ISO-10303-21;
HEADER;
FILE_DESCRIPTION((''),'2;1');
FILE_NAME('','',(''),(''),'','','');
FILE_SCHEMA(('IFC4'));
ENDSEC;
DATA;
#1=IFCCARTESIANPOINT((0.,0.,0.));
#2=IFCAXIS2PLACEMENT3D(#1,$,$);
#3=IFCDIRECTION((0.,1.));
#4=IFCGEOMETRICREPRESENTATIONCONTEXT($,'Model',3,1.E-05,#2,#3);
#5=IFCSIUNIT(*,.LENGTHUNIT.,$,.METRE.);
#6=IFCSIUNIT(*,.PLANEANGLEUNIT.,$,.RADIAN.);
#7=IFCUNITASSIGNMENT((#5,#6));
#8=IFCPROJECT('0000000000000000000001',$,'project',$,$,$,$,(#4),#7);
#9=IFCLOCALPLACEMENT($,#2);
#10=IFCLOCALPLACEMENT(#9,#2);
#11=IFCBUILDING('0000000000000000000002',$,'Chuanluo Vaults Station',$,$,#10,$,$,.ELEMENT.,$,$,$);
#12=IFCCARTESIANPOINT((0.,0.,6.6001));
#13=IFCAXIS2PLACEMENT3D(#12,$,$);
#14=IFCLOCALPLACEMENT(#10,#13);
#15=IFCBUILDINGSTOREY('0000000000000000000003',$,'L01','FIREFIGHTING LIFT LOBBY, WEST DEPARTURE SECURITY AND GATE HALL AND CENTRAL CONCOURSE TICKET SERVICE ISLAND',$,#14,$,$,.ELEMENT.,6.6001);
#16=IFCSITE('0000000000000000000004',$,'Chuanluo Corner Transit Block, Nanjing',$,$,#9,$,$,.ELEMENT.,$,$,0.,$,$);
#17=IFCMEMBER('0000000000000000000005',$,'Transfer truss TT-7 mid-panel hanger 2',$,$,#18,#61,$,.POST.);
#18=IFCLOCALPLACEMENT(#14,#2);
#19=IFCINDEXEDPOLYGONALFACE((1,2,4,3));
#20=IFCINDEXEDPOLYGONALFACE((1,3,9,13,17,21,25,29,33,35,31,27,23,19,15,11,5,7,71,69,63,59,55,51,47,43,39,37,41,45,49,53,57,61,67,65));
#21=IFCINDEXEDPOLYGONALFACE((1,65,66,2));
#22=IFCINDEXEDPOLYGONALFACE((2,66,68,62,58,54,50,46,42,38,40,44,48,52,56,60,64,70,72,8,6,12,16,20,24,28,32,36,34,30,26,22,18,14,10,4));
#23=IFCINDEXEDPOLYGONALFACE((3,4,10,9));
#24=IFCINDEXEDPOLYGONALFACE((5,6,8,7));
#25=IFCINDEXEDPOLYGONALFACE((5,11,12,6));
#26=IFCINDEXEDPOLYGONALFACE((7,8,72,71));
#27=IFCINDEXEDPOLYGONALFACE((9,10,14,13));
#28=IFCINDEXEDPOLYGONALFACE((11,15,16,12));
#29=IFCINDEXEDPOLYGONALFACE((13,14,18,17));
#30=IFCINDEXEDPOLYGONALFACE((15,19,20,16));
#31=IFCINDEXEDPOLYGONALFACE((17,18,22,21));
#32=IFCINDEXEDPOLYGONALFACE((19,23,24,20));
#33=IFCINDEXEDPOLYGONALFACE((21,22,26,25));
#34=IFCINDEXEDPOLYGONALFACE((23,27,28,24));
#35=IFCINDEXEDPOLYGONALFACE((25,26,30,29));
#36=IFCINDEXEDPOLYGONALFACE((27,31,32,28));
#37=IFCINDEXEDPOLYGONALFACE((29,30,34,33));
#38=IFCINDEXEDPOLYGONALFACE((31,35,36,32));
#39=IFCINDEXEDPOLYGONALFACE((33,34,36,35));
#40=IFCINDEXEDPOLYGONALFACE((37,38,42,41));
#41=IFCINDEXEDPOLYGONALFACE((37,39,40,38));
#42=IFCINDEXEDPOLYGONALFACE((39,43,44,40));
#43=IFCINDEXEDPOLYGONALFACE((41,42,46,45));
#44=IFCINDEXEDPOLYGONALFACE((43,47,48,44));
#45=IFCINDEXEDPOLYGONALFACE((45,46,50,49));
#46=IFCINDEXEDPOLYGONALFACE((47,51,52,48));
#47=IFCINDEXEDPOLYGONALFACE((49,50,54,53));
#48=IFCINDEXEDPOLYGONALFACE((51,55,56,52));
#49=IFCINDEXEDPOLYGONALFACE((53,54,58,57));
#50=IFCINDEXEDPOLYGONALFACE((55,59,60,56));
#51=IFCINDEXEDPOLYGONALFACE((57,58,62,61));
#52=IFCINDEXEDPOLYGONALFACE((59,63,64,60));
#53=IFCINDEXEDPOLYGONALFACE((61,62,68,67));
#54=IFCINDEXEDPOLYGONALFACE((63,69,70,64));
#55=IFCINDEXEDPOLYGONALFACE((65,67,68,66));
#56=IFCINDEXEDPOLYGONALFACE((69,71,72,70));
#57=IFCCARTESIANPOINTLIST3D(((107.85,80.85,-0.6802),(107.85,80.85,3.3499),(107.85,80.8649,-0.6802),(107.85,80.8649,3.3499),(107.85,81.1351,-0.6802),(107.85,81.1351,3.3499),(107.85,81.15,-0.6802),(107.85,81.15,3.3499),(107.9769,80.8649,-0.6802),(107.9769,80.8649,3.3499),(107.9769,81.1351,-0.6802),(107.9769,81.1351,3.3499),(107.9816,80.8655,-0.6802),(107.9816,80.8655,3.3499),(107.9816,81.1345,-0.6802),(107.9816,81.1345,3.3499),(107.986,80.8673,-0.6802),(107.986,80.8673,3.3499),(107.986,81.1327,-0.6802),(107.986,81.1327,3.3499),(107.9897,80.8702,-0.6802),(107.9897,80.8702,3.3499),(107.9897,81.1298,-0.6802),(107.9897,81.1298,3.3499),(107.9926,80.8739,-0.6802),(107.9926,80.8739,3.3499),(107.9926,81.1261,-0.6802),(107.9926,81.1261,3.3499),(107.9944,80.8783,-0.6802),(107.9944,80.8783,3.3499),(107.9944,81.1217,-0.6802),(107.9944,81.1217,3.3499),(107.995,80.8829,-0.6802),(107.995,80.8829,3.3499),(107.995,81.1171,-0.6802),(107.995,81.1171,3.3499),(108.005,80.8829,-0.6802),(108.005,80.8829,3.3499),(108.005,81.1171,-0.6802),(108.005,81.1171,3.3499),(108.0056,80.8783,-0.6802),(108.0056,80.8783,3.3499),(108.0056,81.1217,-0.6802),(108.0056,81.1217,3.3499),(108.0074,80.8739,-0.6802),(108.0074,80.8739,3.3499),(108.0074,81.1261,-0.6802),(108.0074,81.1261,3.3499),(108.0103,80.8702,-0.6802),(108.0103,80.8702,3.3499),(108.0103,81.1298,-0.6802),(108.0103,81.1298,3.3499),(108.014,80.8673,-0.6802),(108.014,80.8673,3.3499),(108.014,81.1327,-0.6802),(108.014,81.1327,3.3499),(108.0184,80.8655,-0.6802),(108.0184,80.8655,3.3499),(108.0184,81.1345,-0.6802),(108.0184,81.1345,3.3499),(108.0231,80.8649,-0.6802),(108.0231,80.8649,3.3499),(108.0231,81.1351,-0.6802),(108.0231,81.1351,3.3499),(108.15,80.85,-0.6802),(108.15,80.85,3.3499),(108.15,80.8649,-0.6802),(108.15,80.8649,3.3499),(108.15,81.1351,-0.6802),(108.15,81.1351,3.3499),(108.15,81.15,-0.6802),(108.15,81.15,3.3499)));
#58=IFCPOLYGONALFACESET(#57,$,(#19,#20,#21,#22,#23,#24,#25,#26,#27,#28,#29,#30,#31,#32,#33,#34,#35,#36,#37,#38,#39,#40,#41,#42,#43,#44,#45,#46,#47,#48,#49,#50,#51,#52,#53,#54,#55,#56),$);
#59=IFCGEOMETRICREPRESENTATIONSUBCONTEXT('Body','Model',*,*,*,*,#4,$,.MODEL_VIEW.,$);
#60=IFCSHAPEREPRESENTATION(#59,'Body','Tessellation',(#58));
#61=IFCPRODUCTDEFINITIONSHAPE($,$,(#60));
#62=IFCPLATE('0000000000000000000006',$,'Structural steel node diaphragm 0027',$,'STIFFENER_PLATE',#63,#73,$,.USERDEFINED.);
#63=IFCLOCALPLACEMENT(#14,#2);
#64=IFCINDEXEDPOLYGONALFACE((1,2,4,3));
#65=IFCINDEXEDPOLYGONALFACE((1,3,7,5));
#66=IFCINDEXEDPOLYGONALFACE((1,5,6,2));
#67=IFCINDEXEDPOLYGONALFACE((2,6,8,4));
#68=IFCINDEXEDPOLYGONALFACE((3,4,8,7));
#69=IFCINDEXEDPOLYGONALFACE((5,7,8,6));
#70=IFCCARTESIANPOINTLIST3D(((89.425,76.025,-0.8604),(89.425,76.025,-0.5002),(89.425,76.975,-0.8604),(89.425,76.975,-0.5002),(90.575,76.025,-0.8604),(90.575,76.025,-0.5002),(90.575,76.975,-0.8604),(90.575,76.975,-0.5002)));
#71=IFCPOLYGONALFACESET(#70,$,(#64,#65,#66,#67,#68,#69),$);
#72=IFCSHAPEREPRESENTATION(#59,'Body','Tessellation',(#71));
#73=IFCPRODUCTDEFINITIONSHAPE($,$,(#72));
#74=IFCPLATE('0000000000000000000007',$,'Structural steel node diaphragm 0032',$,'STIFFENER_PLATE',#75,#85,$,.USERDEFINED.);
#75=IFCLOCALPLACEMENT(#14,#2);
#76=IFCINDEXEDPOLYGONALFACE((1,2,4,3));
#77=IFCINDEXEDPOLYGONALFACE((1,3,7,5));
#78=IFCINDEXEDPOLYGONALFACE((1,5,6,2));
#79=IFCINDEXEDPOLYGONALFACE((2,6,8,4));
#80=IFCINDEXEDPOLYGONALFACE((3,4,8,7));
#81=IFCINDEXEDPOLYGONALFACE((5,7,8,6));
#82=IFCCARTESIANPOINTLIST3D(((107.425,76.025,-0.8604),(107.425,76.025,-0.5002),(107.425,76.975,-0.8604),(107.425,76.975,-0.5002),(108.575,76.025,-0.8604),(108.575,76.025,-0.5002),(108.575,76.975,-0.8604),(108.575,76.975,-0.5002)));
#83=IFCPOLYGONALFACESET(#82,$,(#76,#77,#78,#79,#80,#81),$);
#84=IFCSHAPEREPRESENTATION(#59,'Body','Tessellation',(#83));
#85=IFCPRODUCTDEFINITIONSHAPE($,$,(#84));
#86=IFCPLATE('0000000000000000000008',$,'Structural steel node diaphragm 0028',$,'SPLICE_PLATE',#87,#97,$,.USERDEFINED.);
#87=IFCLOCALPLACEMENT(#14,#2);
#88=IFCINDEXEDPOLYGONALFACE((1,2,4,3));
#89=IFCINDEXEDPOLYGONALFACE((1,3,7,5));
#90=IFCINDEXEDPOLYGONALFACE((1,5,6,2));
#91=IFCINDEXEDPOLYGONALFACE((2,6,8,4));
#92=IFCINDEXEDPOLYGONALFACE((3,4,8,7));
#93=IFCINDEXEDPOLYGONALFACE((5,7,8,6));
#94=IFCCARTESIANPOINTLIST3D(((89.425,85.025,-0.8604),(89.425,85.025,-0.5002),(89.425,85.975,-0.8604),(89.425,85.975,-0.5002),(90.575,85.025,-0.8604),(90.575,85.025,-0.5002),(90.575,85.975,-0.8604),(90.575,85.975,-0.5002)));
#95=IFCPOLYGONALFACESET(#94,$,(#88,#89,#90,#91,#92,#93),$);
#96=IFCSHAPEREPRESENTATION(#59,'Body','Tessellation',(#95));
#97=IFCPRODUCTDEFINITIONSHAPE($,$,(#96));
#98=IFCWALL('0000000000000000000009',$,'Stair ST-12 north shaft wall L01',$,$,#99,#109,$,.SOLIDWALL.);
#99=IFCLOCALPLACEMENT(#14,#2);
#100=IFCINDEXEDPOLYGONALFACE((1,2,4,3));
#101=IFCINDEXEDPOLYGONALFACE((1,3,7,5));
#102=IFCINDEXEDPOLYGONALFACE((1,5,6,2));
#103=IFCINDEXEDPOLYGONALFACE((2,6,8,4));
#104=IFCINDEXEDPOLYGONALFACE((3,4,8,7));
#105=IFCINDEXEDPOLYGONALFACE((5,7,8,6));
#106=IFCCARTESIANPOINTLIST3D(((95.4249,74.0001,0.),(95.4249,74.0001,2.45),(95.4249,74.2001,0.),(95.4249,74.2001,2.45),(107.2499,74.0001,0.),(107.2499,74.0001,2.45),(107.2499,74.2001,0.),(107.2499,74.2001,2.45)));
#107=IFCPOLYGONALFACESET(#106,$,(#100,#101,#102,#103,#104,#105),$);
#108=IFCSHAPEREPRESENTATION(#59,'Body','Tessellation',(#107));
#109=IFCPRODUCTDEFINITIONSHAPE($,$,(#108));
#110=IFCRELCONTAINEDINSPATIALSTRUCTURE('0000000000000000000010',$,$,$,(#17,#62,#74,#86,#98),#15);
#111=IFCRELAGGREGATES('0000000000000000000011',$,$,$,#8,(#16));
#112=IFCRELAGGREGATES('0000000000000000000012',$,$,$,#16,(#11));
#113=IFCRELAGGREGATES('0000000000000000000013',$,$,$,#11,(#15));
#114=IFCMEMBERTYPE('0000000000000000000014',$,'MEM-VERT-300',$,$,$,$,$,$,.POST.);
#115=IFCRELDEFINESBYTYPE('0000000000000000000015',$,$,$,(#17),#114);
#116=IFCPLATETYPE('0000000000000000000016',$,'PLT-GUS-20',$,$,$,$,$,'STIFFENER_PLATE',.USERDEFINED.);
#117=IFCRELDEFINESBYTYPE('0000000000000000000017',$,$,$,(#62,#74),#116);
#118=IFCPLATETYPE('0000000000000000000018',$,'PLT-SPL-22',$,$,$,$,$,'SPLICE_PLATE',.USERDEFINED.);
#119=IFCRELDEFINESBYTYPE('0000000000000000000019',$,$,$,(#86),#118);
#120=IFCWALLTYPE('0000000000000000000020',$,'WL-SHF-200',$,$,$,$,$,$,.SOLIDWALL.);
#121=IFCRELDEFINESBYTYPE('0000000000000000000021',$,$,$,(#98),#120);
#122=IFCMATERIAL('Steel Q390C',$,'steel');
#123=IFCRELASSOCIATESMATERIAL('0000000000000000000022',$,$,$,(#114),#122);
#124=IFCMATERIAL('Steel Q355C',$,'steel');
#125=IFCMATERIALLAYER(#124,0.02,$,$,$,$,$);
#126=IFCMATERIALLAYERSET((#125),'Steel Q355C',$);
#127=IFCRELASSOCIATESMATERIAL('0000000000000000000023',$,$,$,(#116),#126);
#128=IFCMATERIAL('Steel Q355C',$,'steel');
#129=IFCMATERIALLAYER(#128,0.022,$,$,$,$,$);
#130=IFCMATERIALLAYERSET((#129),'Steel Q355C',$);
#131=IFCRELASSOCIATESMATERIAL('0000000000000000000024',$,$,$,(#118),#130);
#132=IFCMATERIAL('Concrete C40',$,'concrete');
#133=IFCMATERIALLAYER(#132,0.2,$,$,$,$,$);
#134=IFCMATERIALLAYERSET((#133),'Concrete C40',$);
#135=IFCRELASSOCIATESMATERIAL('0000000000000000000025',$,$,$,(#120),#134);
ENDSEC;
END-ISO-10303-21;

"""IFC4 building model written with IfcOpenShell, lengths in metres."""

from ifc_helpers import new_model, si_unit, direction, frame, frame_2d, origin, origin_2d, place, context, subcontext, project, spatial, rectangle, i_section, extrude, material, layer, layer_set, material_profile, profile_set, type_object, element, save


model = new_model("IFC4")

# Units and contexts
model_context = context("Model", 3, precision=1e-05, world=origin(), true_north=direction((0.0, 1.0)))
body_context = subcontext(model_context, "Body", "Model", "MODEL_VIEW")
ifc_project = project(units=[si_unit("LENGTHUNIT", "METRE"), si_unit("PLANEANGLEUNIT", "RADIAN")], contexts=[model_context])

# Site, building, storey
site_placement = place(None, origin())
site = spatial("IfcSite", under=ifc_project, at=site_placement, Name="Chuanluo Corner Transit Block, Nanjing", CompositionType="ELEMENT", RefElevation=0.0)
building_placement = place(site_placement, origin())
building = spatial("IfcBuilding", under=site, at=building_placement, Name="Chuanluo Vaults Station", CompositionType="ELEMENT")
storey_placement = place(building_placement, frame((0.0, 0.0, 6.6001)))
storey = spatial("IfcBuildingStorey", under=building, at=storey_placement, Name="L01", Description="FIREFIGHTING LIFT LOBBY, WEST DEPARTURE SECURITY AND GATE HALL AND CENTRAL CONCOURSE TICKET SERVICE ISLAND", CompositionType="ELEMENT", Elevation=6.6001)

# Member
ifc_material_1 = material(Name="Steel Q390C", Category="steel")
ifc_material_profile_1 = material_profile(ifc_material_1, i_section(OverallWidth=0.3, OverallDepth=0.3, WebThickness=0.01, FlangeThickness=0.0149, FilletRadius=0.0181, at=origin_2d()))
ifc_profile_set_1 = profile_set([ifc_material_profile_1], Name="Steel Q390C")
member_type_1 = type_object("IfcMemberType", Name="MEM-VERT-300", PredefinedType="POST", material=ifc_profile_set_1)
for number, where, z_axis, x_axis, name in (
    (1, (108.0, 81.0, -0.6802), (0.0, 0.0, 1.0), (1.0, 0.0, 0.0), "Transfer truss TT-7 mid-panel hanger 2"),
):
    element("IfcMember", number, at=place(storey_placement, frame(where, z_axis=z_axis, x_axis=x_axis)), inside=storey, type_object=member_type_1, Name=name, PredefinedType="POST", context=body_context, shape_type="SweptSolid", body=[
        extrude(i_section(OverallWidth=0.3, OverallDepth=0.3, WebThickness=0.01, FlangeThickness=0.0149, FilletRadius=0.0181, at=origin_2d()), origin(), (0.0, 0.0, 1.0), 4.03),
    ])

# Plates
ifc_material_2 = material(Name="Steel Q355C", Category="steel")
ifc_layer_1 = layer(ifc_material_2, 0.02)
ifc_layer_set_1 = layer_set([ifc_layer_1], Name="Steel Q355C")
plate_type_1 = type_object("IfcPlateType", Name="PLT-GUS-20", ElementType="STIFFENER_PLATE", PredefinedType="USERDEFINED", material=ifc_layer_set_1)
for number, where, z_axis, x_axis, name in (
    (2, (90.0, 76.5, -0.8604), (0.0, 0.0, 1.0), (1.0, 0.0, 0.0), "Structural steel node diaphragm 0027"),
    (3, (108.0, 76.5, -0.8604), (0.0, 0.0, 1.0), (1.0, 0.0, 0.0), "Structural steel node diaphragm 0032"),
):
    element("IfcPlate", number, at=place(storey_placement, frame(where, z_axis=z_axis, x_axis=x_axis)), inside=storey, type_object=plate_type_1, Name=name, ObjectType="STIFFENER_PLATE", PredefinedType="USERDEFINED", context=body_context, shape_type="SweptSolid", body=[
        extrude(rectangle(XDim=1.1499, YDim=0.95, at=origin_2d()), origin(), (0.0, 0.0, 1.0), 0.3601),
    ])
ifc_material_3 = material(Name="Steel Q355C", Category="steel")
ifc_layer_2 = layer(ifc_material_3, 0.022)
ifc_layer_set_2 = layer_set([ifc_layer_2], Name="Steel Q355C")
plate_type_2 = type_object("IfcPlateType", Name="PLT-SPL-22", ElementType="SPLICE_PLATE", PredefinedType="USERDEFINED", material=ifc_layer_set_2)
plate_placement = place(storey_placement, frame((90.0, 85.5, -0.8604), z_axis=(0.0, 0.0, 1.0), x_axis=(1.0, 0.0, 0.0)))
element("IfcPlate", 4, at=plate_placement, inside=storey, type_object=plate_type_2, Name="Structural steel node diaphragm 0028", ObjectType="SPLICE_PLATE", PredefinedType="USERDEFINED", context=body_context, shape_type="SweptSolid", body=[
    extrude(rectangle(XDim=1.1499, YDim=0.95, at=origin_2d()), origin(), (0.0, 0.0, 1.0), 0.3601),
])

# Wall
ifc_material_4 = material(Name="Concrete C40", Category="concrete")
ifc_layer_3 = layer(ifc_material_4, 0.2)
ifc_layer_set_3 = layer_set([ifc_layer_3], Name="Concrete C40")
wall_type = type_object("IfcWallType", Name="WL-SHF-200", PredefinedType="SOLIDWALL", material=ifc_layer_set_3)
wall_1_placement = place(storey_placement, frame((107.25, 74.1001, 0.0), z_axis=(0.0, 0.0, 1.0), x_axis=(-1.0, 0.0, 0.0)))
element("IfcWall", 5, at=wall_1_placement, inside=storey, type_object=wall_type, Name="Stair ST-12 north shaft wall L01", PredefinedType="SOLIDWALL", context=body_context, shape_type="SweptSolid", body=[
    extrude(rectangle(XDim=11.825, YDim=0.2, at=frame_2d((5.9126, 0.0))), origin(), (0.0, 0.0, 1.0), 2.45),
])

save(model, "model.ifc")
